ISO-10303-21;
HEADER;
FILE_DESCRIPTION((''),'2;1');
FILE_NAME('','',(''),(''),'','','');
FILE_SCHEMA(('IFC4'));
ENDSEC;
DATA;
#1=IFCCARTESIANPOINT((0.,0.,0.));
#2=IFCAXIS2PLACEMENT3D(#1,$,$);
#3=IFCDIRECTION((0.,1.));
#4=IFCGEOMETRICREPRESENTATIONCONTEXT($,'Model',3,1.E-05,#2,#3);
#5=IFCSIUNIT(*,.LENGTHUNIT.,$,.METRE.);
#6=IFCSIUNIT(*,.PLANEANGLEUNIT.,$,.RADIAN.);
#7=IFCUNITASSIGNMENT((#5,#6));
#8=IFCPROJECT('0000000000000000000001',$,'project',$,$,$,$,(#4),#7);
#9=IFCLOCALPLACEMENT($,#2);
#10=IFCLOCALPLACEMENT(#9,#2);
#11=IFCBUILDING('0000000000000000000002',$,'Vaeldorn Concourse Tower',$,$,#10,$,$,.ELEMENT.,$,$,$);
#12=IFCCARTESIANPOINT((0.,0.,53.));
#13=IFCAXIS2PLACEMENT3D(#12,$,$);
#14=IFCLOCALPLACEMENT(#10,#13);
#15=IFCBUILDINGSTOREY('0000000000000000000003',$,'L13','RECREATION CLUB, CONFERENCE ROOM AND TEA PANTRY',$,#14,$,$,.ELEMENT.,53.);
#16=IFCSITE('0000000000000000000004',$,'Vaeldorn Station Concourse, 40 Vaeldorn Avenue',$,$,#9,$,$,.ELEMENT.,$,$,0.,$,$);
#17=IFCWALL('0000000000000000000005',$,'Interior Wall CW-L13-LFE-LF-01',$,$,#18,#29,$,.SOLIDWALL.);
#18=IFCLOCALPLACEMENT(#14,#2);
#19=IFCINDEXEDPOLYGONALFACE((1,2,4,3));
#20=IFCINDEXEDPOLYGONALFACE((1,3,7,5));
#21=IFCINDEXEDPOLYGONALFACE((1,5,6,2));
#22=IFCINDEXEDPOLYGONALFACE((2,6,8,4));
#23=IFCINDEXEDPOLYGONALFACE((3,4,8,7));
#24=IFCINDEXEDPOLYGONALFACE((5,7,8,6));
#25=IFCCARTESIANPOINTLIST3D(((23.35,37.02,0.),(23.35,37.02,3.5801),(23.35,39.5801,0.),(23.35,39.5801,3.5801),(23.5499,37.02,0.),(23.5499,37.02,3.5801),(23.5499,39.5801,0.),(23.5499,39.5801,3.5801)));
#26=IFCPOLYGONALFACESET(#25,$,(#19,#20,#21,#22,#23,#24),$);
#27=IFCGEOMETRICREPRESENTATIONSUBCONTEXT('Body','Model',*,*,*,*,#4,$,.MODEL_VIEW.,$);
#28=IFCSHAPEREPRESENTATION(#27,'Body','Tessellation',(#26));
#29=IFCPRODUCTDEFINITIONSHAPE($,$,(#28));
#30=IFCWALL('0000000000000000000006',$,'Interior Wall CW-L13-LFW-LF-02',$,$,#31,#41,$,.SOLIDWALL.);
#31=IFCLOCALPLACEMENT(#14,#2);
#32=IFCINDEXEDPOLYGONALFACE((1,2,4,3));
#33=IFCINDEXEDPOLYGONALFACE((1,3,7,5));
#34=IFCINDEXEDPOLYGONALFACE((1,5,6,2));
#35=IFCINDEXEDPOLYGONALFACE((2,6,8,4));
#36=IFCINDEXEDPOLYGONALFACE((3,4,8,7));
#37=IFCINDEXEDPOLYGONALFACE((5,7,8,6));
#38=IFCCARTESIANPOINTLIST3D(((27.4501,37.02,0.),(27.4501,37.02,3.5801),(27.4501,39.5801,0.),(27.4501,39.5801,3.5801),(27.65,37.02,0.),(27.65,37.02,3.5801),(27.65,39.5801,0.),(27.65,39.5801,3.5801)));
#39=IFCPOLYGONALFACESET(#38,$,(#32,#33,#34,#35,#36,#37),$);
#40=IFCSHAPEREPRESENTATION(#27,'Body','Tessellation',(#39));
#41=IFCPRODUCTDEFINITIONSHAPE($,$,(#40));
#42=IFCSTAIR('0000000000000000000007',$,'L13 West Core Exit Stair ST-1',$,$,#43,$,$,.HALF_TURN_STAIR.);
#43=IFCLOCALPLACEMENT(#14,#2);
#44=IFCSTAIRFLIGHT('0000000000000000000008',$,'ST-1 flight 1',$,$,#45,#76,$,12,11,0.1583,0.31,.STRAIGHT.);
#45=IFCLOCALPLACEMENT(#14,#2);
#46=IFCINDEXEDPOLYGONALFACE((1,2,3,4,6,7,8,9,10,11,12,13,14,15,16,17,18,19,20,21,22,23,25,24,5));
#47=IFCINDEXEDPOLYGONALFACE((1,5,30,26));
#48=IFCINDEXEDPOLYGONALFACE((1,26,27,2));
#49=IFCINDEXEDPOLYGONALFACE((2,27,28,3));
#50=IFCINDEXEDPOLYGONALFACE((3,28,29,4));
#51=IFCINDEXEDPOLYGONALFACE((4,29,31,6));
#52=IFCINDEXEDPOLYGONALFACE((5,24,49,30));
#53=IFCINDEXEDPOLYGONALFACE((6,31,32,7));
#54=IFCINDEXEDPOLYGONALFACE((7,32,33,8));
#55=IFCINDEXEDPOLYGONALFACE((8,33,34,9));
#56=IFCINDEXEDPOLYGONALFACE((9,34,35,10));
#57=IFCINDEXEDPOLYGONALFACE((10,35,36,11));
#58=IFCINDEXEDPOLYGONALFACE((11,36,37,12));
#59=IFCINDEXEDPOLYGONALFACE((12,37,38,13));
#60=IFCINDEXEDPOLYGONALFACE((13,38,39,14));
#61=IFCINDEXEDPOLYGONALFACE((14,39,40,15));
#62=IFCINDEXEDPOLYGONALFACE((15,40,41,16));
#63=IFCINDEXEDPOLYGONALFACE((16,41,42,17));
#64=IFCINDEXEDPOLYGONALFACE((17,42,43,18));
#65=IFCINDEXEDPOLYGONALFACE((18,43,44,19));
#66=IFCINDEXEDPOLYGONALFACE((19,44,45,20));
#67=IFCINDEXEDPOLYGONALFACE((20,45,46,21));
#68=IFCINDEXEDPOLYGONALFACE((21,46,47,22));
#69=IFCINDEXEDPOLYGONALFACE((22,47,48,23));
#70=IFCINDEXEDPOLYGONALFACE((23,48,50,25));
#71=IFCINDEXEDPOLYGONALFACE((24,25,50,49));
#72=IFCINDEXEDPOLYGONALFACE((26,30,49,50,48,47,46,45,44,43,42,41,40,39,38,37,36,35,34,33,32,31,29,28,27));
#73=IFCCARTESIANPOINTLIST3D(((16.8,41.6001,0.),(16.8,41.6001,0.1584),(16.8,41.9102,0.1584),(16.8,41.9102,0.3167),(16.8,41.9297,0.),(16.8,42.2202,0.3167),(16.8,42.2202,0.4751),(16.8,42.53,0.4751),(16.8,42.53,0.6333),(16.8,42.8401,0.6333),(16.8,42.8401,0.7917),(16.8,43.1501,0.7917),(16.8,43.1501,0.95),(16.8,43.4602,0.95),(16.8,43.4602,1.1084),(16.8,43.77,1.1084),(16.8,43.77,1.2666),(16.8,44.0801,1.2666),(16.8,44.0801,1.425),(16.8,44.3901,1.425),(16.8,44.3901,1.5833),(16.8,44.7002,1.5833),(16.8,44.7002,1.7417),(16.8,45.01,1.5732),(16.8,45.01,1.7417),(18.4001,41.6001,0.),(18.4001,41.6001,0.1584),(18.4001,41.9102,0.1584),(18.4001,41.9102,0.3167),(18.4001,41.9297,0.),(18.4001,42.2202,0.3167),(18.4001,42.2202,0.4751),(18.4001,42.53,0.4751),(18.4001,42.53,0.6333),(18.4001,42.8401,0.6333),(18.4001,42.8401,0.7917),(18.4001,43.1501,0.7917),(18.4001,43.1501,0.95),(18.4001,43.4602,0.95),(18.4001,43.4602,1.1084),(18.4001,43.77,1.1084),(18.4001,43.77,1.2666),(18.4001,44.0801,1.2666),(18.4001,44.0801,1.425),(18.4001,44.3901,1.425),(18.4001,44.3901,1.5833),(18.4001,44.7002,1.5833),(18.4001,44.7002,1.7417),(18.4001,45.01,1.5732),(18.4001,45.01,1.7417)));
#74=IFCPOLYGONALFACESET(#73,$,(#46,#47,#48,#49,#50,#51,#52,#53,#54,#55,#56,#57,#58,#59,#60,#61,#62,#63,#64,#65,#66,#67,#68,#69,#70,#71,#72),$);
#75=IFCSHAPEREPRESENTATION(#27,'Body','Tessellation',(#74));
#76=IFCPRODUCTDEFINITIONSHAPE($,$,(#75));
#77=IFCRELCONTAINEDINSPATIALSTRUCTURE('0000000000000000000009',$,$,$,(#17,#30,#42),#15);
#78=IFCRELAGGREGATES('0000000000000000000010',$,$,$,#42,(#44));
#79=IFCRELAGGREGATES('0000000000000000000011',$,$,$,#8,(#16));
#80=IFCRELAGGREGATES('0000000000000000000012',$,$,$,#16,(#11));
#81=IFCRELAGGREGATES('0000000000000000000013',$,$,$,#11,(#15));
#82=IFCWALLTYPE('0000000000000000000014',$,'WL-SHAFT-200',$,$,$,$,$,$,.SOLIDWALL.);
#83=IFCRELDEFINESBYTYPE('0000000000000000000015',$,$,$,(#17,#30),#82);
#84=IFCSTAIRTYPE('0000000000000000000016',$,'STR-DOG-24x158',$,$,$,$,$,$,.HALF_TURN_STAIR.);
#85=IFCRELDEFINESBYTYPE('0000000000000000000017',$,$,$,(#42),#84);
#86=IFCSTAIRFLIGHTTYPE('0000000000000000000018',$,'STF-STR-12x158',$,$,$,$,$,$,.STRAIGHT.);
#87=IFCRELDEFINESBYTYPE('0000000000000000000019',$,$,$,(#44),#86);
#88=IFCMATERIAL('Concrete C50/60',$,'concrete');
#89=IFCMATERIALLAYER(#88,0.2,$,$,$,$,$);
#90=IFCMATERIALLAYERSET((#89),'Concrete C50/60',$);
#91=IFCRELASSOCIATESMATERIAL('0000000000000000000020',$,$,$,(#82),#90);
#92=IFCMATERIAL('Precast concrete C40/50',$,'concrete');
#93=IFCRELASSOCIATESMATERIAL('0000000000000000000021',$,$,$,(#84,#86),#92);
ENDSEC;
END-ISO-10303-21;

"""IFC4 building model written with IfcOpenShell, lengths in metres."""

from ifc_helpers import new_model, si_unit, direction, frame, frame_2d, origin, place, context, subcontext, project, spatial, polyline, rectangle, outline, extrude, material, layer, layer_set, type_object, element, aggregate, save


model = new_model("IFC4")

# Units and contexts
model_context = context("Model", 3, precision=1e-05, world=origin(), true_north=direction((0.0, 1.0)))
body_context = subcontext(model_context, "Body", "Model", "MODEL_VIEW")
ifc_project = project(units=[si_unit("LENGTHUNIT", "METRE"), si_unit("PLANEANGLEUNIT", "RADIAN")], contexts=[model_context])

# Site, building, storey
site_placement = place(None, origin())
site = spatial("IfcSite", under=ifc_project, at=site_placement, Name="Vaeldorn Station Concourse, 40 Vaeldorn Avenue", CompositionType="ELEMENT", RefElevation=0.0)
building_placement = place(site_placement, origin())
building = spatial("IfcBuilding", under=site, at=building_placement, Name="Vaeldorn Concourse Tower", CompositionType="ELEMENT")
storey_placement = place(building_placement, frame((0.0, 0.0, 53.0)))
storey = spatial("IfcBuildingStorey", under=building, at=storey_placement, Name="L13", Description="RECREATION CLUB, CONFERENCE ROOM AND TEA PANTRY", CompositionType="ELEMENT", Elevation=53.0)

# Shared definitions
ifc_material_1 = material(Name="Concrete C50/60", Category="concrete")
ifc_layer_1 = layer(ifc_material_1, 0.2)
ifc_layer_set_1 = layer_set([ifc_layer_1], Name="Concrete C50/60")
wall_type_1 = type_object("IfcWallType", Name="WL-SHAFT-200", PredefinedType="SOLIDWALL", material=ifc_layer_set_1)

# Wall
wall_1_placement = place(storey_placement, frame((23.45, 37.02, 0.0), z_axis=(0.0, 0.0, 1.0), x_axis=(0.0, 1.0, 0.0)))
element("IfcWall", 1, at=wall_1_placement, inside=storey, type_object=wall_type_1, Name="Interior Wall CW-L13-LFE-LF-01", PredefinedType="SOLIDWALL", context=body_context, shape_type="SweptSolid", body=[
    extrude(rectangle(XDim=2.5601, YDim=0.2, at=frame_2d((1.28, 0.0))), origin(), (0.0, 0.0, 1.0), 3.5801),
])

# Wall
wall_2_placement = place(storey_placement, frame((27.55, 37.02, 0.0), z_axis=(0.0, 0.0, 1.0), x_axis=(0.0, 1.0, 0.0)))
element("IfcWall", 2, at=wall_2_placement, inside=storey, type_object=wall_type_1, Name="Interior Wall CW-L13-LFW-LF-02", PredefinedType="SOLIDWALL", context=body_context, shape_type="SweptSolid", body=[
    extrude(rectangle(XDim=2.5601, YDim=0.2, at=frame_2d((1.28, 0.0))), origin(), (0.0, 0.0, 1.0), 3.5801),
])

# Stair, stair flight
ifc_material_2 = material(Name="Precast concrete C40/50", Category="concrete")
stair_type = type_object("IfcStairType", Name="STR-DOG-24x158", PredefinedType="HALF_TURN_STAIR", material=ifc_material_2)
stair_placement = place(storey_placement, origin())
stair = element("IfcStair", 3, at=stair_placement, inside=storey, type_object=stair_type, Name="L13 West Core Exit Stair ST-1", PredefinedType="HALF_TURN_STAIR")
stair_flight_type = type_object("IfcStairFlightType", Name="STF-STR-12x158", PredefinedType="STRAIGHT", material=ifc_material_2)
stair_flight_placement = place(storey_placement, frame((17.6001, 41.6001, 0.0), z_axis=(0.0, 0.0, 1.0), x_axis=(0.0, 1.0, 0.0)))
stair_flight = element("IfcStairFlight", 4, at=stair_flight_placement, type_object=stair_flight_type, Name="ST-1 flight 1", NumberOfRisers=12, NumberOfTreads=11, PredefinedType="STRAIGHT", RiserHeight=0.1583, TreadLength=0.31, context=body_context, shape_type="SweptSolid", body=[
    extrude(outline(polyline([(0.0, 0.0), (0.0, 0.1584), (0.3101, 0.1584), (0.3101, 0.3167), (0.6201, 0.3167), (0.6201, 0.4751), (0.9299, 0.4751), (0.9299, 0.6333), (1.24, 0.6333), (1.24, 0.7917), (1.55, 0.7917), (1.55, 0.95), (1.8601, 0.95), (1.8601, 1.1084), (2.1699, 1.1084), (2.1699, 1.2666), (2.48, 1.2666), (2.48, 1.425), (2.79, 1.425), (2.79, 1.5833), (3.1001, 1.5833), (3.1001, 1.7417), (3.4099, 1.7417), (3.4099, 1.8999), (3.4099, 1.5732), (0.3296, 0.0), (0.0, 0.0)])), frame((0.0, 0.8, 0.0), z_axis=(0.0, -1.0, 0.0), x_axis=(1.0, 0.0, 0.0)), (0.0, 0.0, 1.0), 1.6001),
])
aggregate(stair, [stair_flight])

save(model, "model.ifc")
